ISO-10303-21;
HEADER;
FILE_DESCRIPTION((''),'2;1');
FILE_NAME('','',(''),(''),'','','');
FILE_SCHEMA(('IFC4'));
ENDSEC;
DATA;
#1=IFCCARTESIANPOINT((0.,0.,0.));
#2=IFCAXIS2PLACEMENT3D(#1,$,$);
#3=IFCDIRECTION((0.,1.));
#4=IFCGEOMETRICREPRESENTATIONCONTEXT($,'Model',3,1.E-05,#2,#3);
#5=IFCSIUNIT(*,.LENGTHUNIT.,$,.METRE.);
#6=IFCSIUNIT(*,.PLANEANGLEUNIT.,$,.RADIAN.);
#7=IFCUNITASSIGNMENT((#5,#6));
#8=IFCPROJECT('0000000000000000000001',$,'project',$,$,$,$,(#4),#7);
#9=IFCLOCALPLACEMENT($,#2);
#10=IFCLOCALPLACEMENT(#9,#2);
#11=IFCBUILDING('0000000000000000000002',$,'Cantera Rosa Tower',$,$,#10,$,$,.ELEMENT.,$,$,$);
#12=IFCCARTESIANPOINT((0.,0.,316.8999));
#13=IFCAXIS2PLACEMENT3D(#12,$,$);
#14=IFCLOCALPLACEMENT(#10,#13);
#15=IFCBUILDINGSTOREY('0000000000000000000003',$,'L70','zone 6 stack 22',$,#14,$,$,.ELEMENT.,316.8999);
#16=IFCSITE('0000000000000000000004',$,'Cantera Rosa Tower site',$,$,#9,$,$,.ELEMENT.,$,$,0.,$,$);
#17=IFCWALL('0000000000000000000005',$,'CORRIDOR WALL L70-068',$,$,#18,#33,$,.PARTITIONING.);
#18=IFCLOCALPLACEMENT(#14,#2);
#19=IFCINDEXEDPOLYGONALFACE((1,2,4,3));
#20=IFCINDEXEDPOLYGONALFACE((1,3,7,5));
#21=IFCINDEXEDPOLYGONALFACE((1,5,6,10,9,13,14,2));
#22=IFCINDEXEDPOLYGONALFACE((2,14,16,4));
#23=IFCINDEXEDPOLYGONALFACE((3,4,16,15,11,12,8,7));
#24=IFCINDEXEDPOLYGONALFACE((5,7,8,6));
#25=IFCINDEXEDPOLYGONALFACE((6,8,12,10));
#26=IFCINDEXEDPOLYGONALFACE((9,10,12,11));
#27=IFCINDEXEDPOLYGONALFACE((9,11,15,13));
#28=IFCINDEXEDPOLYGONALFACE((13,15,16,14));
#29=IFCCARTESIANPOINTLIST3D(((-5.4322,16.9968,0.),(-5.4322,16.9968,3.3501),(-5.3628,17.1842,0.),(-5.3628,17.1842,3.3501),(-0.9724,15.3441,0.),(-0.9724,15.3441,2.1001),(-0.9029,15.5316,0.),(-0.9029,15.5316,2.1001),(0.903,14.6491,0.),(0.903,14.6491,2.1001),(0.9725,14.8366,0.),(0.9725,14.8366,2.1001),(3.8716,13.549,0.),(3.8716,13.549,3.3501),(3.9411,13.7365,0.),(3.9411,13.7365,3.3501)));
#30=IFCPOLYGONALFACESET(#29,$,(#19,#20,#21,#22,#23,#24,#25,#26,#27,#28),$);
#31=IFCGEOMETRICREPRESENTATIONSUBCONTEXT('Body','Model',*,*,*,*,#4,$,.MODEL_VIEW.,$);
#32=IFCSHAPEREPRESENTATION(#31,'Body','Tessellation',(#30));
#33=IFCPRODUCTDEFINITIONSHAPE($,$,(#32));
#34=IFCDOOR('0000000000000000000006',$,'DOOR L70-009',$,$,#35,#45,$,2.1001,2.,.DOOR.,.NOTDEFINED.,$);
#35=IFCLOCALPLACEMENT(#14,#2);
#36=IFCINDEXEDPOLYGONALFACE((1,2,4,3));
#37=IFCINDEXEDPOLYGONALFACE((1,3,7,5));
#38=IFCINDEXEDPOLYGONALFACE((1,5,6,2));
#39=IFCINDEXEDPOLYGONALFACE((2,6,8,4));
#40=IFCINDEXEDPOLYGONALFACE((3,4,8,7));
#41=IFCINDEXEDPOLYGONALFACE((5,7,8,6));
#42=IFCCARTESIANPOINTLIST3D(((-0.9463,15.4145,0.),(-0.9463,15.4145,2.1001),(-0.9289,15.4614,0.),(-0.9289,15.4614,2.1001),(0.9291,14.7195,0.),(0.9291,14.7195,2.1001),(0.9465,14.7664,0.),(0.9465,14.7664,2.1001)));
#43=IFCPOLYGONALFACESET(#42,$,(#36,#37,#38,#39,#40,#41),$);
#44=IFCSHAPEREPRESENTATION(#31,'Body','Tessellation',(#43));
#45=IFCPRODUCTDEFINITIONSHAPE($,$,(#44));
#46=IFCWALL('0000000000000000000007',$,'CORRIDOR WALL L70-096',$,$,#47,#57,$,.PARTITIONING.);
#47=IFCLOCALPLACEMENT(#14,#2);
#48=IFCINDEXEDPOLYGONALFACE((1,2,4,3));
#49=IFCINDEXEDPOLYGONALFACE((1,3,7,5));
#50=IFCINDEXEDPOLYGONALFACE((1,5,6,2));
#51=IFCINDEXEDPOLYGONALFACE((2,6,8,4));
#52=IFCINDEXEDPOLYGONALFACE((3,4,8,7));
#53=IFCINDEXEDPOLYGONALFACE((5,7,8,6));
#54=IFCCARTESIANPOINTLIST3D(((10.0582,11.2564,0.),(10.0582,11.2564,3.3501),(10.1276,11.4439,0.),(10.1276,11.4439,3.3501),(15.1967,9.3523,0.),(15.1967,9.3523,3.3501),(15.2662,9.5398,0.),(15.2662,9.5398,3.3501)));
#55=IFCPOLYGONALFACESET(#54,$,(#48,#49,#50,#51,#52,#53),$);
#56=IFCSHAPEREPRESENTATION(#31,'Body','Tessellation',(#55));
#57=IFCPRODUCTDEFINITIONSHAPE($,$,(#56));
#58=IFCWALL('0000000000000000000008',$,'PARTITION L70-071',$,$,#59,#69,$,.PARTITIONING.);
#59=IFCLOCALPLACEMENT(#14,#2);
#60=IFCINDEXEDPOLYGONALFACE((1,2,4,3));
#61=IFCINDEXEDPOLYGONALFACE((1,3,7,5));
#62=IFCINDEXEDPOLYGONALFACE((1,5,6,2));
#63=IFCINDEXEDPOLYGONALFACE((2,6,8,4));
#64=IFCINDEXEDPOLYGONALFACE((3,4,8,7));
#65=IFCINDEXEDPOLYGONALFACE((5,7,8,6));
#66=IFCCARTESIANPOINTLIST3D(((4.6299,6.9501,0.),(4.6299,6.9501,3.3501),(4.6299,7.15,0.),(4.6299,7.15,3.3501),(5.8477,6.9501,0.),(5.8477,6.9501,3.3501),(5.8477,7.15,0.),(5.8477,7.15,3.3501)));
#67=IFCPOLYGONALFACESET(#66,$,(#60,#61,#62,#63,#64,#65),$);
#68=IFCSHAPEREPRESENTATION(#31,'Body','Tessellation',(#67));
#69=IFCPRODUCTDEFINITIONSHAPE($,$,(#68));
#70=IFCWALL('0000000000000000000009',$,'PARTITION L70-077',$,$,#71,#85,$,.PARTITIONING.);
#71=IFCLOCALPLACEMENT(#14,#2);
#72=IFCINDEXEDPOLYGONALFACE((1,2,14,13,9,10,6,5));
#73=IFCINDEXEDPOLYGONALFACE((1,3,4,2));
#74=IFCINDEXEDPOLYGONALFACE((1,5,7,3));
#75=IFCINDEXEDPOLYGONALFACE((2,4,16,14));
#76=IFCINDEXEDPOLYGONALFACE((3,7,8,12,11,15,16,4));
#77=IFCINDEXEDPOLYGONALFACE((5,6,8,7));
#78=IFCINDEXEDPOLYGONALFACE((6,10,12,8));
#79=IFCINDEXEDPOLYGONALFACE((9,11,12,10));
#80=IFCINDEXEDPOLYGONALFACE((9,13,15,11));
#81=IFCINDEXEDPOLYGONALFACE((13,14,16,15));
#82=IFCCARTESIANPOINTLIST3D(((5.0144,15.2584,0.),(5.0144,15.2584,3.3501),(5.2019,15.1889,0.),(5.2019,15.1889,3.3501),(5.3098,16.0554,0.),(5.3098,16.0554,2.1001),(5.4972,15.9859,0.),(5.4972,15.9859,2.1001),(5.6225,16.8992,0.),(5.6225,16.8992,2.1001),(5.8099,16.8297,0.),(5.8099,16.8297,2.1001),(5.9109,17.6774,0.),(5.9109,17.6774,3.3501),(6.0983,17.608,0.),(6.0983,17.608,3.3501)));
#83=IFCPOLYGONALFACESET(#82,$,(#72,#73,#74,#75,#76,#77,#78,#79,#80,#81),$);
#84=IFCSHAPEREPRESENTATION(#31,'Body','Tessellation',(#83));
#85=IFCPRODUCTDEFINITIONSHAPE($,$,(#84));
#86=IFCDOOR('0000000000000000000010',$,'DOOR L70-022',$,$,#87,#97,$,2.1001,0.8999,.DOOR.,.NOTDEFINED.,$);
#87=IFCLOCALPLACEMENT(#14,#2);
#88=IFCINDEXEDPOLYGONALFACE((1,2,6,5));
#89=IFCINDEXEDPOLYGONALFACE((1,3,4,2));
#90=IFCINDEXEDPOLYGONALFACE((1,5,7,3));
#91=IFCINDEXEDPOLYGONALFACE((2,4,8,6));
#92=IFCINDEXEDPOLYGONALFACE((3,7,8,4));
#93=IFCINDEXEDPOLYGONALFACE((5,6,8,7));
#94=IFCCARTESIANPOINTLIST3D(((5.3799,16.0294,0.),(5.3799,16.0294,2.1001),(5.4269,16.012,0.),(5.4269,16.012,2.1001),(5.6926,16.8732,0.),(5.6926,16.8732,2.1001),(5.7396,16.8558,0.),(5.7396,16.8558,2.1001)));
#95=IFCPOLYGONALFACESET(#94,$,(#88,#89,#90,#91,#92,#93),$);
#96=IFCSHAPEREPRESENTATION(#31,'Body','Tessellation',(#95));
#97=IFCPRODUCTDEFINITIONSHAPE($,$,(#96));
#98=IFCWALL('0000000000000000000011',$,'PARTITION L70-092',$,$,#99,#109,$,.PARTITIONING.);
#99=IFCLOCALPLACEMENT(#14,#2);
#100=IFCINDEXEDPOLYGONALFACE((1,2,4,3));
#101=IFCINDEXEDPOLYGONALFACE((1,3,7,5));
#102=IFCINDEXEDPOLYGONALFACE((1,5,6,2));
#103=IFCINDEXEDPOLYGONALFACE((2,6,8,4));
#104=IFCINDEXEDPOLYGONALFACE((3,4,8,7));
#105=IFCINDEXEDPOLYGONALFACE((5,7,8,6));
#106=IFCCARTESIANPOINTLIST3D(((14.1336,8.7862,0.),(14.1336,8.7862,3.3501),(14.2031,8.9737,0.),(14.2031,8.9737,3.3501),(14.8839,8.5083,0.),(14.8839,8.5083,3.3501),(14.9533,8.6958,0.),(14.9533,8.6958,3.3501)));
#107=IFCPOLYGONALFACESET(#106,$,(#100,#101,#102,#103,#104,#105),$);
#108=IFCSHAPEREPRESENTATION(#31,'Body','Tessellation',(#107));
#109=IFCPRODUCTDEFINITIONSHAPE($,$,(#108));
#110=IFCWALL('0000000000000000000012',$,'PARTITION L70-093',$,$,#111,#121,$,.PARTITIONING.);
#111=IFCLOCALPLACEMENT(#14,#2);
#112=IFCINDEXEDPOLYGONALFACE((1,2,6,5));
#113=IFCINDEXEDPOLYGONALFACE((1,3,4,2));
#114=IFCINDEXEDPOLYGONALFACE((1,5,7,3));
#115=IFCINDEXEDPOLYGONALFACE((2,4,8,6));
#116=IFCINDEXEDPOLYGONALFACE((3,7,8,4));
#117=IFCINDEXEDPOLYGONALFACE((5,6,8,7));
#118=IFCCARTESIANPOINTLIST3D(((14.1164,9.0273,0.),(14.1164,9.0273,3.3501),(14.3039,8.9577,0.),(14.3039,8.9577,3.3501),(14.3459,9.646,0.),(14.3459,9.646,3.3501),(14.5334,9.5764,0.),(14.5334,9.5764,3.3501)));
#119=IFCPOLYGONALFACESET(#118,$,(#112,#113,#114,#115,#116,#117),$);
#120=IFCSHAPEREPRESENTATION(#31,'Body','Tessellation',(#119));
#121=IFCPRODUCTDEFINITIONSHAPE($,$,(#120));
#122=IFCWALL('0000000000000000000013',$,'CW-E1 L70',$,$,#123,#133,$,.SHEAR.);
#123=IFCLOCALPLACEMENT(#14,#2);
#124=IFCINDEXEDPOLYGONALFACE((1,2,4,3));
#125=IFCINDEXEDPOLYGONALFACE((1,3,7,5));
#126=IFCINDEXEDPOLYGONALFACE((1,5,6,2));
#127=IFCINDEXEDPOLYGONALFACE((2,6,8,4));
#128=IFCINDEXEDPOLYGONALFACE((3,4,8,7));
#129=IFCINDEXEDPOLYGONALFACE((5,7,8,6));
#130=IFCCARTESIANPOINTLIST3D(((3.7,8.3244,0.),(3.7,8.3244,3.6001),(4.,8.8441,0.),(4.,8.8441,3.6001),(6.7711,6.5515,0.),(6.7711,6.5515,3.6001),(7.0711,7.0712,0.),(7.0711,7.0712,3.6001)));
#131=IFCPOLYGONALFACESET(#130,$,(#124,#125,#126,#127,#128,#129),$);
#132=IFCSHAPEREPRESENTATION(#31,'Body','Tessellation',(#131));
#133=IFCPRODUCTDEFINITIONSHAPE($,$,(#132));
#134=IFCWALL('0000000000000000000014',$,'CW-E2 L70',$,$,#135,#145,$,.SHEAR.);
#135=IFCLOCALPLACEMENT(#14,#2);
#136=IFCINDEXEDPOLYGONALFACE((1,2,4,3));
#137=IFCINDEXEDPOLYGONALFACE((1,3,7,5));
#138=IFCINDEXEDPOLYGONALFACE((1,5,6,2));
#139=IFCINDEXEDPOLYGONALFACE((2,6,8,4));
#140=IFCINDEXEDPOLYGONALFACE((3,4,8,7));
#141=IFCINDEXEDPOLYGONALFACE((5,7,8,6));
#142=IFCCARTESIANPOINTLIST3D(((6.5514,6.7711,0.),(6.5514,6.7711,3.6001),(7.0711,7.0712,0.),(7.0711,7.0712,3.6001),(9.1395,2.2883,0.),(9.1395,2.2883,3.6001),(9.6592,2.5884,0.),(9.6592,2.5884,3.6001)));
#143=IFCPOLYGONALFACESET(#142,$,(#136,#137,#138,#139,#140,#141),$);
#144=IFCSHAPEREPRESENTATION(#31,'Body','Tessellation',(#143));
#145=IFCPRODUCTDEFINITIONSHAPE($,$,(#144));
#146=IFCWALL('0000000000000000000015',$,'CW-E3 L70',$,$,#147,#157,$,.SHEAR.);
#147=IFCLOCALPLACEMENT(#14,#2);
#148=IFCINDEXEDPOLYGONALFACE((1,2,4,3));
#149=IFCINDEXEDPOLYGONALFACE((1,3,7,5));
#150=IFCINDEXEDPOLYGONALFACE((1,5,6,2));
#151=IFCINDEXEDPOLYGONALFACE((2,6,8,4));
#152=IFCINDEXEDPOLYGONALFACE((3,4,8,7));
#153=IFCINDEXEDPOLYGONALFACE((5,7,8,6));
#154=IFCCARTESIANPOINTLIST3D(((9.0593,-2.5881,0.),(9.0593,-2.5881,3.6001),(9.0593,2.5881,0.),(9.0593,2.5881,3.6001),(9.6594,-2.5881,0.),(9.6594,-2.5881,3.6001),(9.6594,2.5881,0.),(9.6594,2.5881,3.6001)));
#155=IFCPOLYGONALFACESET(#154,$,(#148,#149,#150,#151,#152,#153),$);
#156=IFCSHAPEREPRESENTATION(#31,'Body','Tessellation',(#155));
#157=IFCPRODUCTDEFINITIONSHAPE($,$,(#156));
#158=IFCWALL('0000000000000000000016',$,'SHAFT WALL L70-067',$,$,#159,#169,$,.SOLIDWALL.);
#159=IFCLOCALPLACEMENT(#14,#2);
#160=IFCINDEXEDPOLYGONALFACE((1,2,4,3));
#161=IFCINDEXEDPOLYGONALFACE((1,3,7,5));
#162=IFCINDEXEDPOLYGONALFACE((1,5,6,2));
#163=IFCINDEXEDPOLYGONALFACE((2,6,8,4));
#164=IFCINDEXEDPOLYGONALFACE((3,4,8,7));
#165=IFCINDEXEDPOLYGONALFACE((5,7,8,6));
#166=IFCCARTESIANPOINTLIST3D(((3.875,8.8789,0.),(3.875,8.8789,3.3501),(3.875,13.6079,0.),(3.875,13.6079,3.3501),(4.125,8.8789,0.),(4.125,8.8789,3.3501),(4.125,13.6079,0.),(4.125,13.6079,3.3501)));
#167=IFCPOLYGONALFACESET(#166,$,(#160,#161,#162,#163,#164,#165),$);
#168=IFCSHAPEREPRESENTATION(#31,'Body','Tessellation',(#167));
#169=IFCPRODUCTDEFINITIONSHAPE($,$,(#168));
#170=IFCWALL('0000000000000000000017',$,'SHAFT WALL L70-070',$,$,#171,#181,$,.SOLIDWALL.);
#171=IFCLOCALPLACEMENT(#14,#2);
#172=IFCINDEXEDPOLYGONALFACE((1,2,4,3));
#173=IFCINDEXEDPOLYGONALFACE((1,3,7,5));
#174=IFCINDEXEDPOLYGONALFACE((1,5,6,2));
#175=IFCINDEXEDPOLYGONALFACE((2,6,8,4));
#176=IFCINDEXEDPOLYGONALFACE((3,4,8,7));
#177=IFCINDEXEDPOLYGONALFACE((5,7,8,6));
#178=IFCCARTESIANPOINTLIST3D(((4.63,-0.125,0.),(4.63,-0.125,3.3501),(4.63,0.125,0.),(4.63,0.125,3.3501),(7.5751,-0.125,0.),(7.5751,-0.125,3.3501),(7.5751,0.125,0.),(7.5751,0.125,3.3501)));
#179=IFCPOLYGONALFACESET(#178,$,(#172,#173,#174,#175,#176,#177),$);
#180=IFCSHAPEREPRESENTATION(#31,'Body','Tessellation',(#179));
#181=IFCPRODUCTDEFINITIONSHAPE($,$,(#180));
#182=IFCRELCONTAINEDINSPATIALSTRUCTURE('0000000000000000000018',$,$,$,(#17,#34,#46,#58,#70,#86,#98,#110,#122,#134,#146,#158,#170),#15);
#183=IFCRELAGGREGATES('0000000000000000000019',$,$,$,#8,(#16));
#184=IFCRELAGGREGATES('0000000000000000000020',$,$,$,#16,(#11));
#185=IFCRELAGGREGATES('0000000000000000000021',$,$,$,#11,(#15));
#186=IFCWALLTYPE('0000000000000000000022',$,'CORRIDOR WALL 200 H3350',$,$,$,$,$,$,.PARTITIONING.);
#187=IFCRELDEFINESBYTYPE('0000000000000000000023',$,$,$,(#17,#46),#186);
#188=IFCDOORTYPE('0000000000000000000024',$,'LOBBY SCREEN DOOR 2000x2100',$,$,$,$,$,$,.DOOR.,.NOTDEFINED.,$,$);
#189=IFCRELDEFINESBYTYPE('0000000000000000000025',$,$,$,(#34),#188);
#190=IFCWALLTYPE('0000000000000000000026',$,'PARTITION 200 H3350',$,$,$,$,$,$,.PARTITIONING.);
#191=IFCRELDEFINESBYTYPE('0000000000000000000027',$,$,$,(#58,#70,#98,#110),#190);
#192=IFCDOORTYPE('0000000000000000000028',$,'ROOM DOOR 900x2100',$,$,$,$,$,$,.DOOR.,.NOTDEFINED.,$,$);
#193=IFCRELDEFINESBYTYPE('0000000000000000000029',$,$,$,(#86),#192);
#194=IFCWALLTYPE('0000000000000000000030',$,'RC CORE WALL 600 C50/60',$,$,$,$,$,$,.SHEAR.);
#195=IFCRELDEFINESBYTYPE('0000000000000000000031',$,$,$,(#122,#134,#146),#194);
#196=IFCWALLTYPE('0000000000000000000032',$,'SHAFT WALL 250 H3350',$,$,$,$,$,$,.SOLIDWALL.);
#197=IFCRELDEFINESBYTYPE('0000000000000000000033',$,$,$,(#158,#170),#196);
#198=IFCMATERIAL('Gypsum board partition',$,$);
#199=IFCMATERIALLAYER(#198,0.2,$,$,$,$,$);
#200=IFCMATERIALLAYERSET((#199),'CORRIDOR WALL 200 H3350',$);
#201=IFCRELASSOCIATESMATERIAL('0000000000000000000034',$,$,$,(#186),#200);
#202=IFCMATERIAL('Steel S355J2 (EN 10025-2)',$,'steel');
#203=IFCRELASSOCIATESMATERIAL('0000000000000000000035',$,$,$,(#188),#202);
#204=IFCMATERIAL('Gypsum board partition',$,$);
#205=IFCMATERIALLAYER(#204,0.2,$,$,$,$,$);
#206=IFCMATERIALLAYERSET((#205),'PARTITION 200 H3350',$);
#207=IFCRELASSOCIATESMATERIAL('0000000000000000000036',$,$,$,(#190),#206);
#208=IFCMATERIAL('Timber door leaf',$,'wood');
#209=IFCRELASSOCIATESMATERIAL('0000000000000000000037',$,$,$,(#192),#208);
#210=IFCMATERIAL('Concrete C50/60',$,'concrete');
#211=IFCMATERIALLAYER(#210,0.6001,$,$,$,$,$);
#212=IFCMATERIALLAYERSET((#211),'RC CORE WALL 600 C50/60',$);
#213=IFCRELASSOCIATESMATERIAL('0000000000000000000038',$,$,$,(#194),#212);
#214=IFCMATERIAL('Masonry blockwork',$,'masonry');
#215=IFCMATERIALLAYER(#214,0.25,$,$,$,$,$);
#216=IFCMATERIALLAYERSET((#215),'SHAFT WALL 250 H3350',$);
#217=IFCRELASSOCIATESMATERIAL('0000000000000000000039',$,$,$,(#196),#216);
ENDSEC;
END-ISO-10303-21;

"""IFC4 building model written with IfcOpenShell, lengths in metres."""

from ifc_helpers import new_model, si_unit, direction, frame, frame_2d, origin, place, context, subcontext, project, spatial, rectangle, extrude, material, layer, layer_set, type_object, element, fill, save


model = new_model("IFC4")

# Units and contexts
model_context = context("Model", 3, precision=1e-05, world=origin(), true_north=direction((0.0, 1.0)))
body_context = subcontext(model_context, "Body", "Model", "MODEL_VIEW")
ifc_project = project(units=[si_unit("LENGTHUNIT", "METRE"), si_unit("PLANEANGLEUNIT", "RADIAN")], contexts=[model_context])

# Site, building, storey
site_placement = place(None, origin())
site = spatial("IfcSite", under=ifc_project, at=site_placement, Name="Cantera Rosa Tower site", CompositionType="ELEMENT", RefElevation=0.0)
building_placement = place(site_placement, origin())
building = spatial("IfcBuilding", under=site, at=building_placement, Name="Cantera Rosa Tower", CompositionType="ELEMENT")
storey_placement = place(building_placement, frame((0.0, 0.0, 316.8999)))
storey = spatial("IfcBuildingStorey", under=building, at=storey_placement, Name="L70", Description="zone 6 stack 22", CompositionType="ELEMENT", Elevation=316.8999)

# Wall, opening, door
ifc_material_1 = material(Name="Gypsum board partition")
ifc_layer_1 = layer(ifc_material_1, 0.2)
ifc_layer_set_1 = layer_set([ifc_layer_1], Name="CORRIDOR WALL 200 H3350")
wall_type_1 = type_object("IfcWallType", Name="CORRIDOR WALL 200 H3350", PredefinedType="PARTITIONING", material=ifc_layer_set_1)
wall_1_placement = place(storey_placement, frame((3.9062, 13.6428, 0.0), z_axis=(0.0, 0.0, 1.0), x_axis=(-0.937688, 0.347478, 0.0)))
wall_1 = element("IfcWall", 1, at=wall_1_placement, inside=storey, type_object=wall_type_1, Name="CORRIDOR WALL L70-068", PredefinedType="PARTITIONING", context=body_context, shape_type="SweptSolid", body=[
    extrude(rectangle(XDim=9.9221, YDim=0.2, at=frame_2d((4.9609, 0.0))), origin(), (0.0, 0.0, 1.0), 3.3501),
])
opening_1_placement = place(wall_1_placement, frame((3.1658, 0.0, 0.0)))
opening_1 = element("IfcOpeningElement", 2, at=opening_1_placement, cuts=wall_1, PredefinedType="OPENING", context=body_context, shape_type="SweptSolid", body=[
    extrude(rectangle(XDim=2.0, YDim=2.1001, at=frame_2d((1.0, 1.05))), frame((0.0, 0.1099, 0.0), z_axis=(0.0, -1.0, 0.0), x_axis=(1.0, 0.0, 0.0)), (0.0, 0.0, 1.0), 0.22),
])
ifc_material_2 = material(Name="Steel S355J2 (EN 10025-2)", Category="steel")
door_type_1 = type_object("IfcDoorType", Name="LOBBY SCREEN DOOR 2000x2100", OperationType="NOTDEFINED", PredefinedType="DOOR", material=ifc_material_2)
door_1_placement = place(opening_1_placement, origin())
door_1 = element("IfcDoor", 3, at=door_1_placement, inside=storey, type_object=door_type_1, Name="DOOR L70-009", OperationType="NOTDEFINED", OverallHeight=2.1001, OverallWidth=2.0, PredefinedType="DOOR", context=body_context, shape_type="SweptSolid", body=[
    extrude(rectangle(XDim=2.0, YDim=2.1001, at=frame_2d((1.0, 1.05))), frame((0.0, 0.0249, 0.0), z_axis=(0.0, -1.0, 0.0), x_axis=(1.0, 0.0, 0.0)), (0.0, 0.0, 1.0), 0.05),
])
fill(opening_1, door_1)

# Walls
wall_2_placement = place(storey_placement, frame((15.2314, 9.446, 0.0), z_axis=(0.0, 0.0, 1.0), x_axis=(-0.937693, 0.347464, 0.0)))
element("IfcWall", 4, at=wall_2_placement, inside=storey, type_object=wall_type_1, Name="CORRIDOR WALL L70-096", PredefinedType="PARTITIONING", context=body_context, shape_type="SweptSolid", body=[
    extrude(rectangle(XDim=5.48, YDim=0.2, at=frame_2d((2.74, 0.0))), origin(), (0.0, 0.0, 1.0), 3.3501),
])
ifc_material_3 = material(Name="Gypsum board partition")
ifc_layer_2 = layer(ifc_material_3, 0.2)
ifc_layer_set_2 = layer_set([ifc_layer_2], Name="PARTITION 200 H3350")
wall_type_2 = type_object("IfcWallType", Name="PARTITION 200 H3350", PredefinedType="PARTITIONING", material=ifc_layer_set_2)
wall_3_placement = place(storey_placement, frame((4.6299, 7.05, 0.0), z_axis=(0.0, 0.0, 1.0), x_axis=(1.0, 0.0, 0.0)))
element("IfcWall", 5, at=wall_3_placement, inside=storey, type_object=wall_type_2, Name="PARTITION L70-071", PredefinedType="PARTITIONING", context=body_context, shape_type="SweptSolid", body=[
    extrude(rectangle(XDim=1.2178, YDim=0.2, at=frame_2d((0.6089, 0.0))), origin(), (0.0, 0.0, 1.0), 3.3501),
])

# Wall, opening, door
wall_4_placement = place(storey_placement, frame((6.0046, 17.6428, 0.0), z_axis=(0.0, 0.0, 1.0), x_axis=(-0.347481, -0.937687, 0.0)))
wall_4 = element("IfcWall", 6, at=wall_4_placement, inside=storey, type_object=wall_type_2, Name="PARTITION L70-077", PredefinedType="PARTITIONING", context=body_context, shape_type="SweptSolid", body=[
    extrude(rectangle(XDim=2.5798, YDim=0.2, at=frame_2d((1.29, 0.0))), origin(), (0.0, 0.0, 1.0), 3.3501),
])
opening_2_placement = place(wall_4_placement, frame((0.8301, 0.0, 0.0)))
opening_2 = element("IfcOpeningElement", 7, at=opening_2_placement, cuts=wall_4, PredefinedType="OPENING", context=body_context, shape_type="SweptSolid", body=[
    extrude(rectangle(XDim=0.8999, YDim=2.1001, at=frame_2d((0.45, 1.05))), frame((0.0, 0.1099, 0.0), z_axis=(0.0, -1.0, 0.0), x_axis=(1.0, 0.0, 0.0)), (0.0, 0.0, 1.0), 0.22),
])
ifc_material_4 = material(Name="Timber door leaf", Category="wood")
door_type_2 = type_object("IfcDoorType", Name="ROOM DOOR 900x2100", OperationType="NOTDEFINED", PredefinedType="DOOR", material=ifc_material_4)
door_2_placement = place(opening_2_placement, origin())
door_2 = element("IfcDoor", 8, at=door_2_placement, inside=storey, type_object=door_type_2, Name="DOOR L70-022", OperationType="NOTDEFINED", OverallHeight=2.1001, OverallWidth=0.8999, PredefinedType="DOOR", context=body_context, shape_type="SweptSolid", body=[
    extrude(rectangle(XDim=0.8999, YDim=2.1001, at=frame_2d((0.45, 1.05))), frame((0.0, 0.0249, 0.0), z_axis=(0.0, -1.0, 0.0), x_axis=(1.0, 0.0, 0.0)), (0.0, 0.0, 1.0), 0.05),
])
fill(opening_2, door_2)

# Walls
wall_5_placement = place(storey_placement, frame((14.1685, 8.8799, 0.0), z_axis=(0.0, 0.0, 1.0), x_axis=(0.937763, -0.347275, 0.0)))
element("IfcWall", 9, at=wall_5_placement, inside=storey, type_object=wall_type_2, Name="PARTITION L70-092", PredefinedType="PARTITIONING", context=body_context, shape_type="SweptSolid", body=[
    extrude(rectangle(XDim=0.8, YDim=0.2, at=frame_2d((0.3999, 0.0))), origin(), (0.0, 0.0, 1.0), 3.3501),
])
wall_6_placement = place(storey_placement, frame((14.4397, 9.6113, 0.0), z_axis=(0.0, 0.0, 1.0), x_axis=(-0.347796, -0.93757, 0.0)))
element("IfcWall", 10, at=wall_6_placement, inside=storey, type_object=wall_type_2, Name="PARTITION L70-093", PredefinedType="PARTITIONING", context=body_context, shape_type="SweptSolid", body=[
    extrude(rectangle(XDim=0.6599, YDim=0.2, at=frame_2d((0.3301, 0.0))), origin(), (0.0, 0.0, 1.0), 3.3501),
])
ifc_material_5 = material(Name="Concrete C50/60", Category="concrete")
ifc_layer_3 = layer(ifc_material_5, 0.6001)
ifc_layer_set_3 = layer_set([ifc_layer_3], Name="RC CORE WALL 600 C50/60")
wall_type_3 = type_object("IfcWallType", Name="RC CORE WALL 600 C50/60", PredefinedType="SHEAR", material=ifc_layer_set_3)
wall_7_placement = place(storey_placement, frame((3.8501, 8.5842, 0.0), z_axis=(0.0, 0.0, 1.0), x_axis=(0.86604, -0.499975, 0.0)))
element("IfcWall", 11, at=wall_7_placement, inside=storey, type_object=wall_type_3, Name="CW-E1 L70", PredefinedType="SHEAR", context=body_context, shape_type="SweptSolid", body=[
    extrude(rectangle(XDim=3.5461, YDim=0.6001, at=frame_2d((1.7729, 0.0))), origin(), (0.0, 0.0, 1.0), 3.6001),
])
for number, where, z_axis, x_axis, name in (
    (12, (6.8113, 6.9211, 0.0), (0.0, 0.0, 1.0), (0.499989, -0.866032, 0.0), "CW-E2 L70"),
    (13, (9.3594, 2.5881, 0.0), (0.0, 0.0, 1.0), (0.0, -1.0, 0.0), "CW-E3 L70"),
):
    element("IfcWall", number, at=place(storey_placement, frame(where, z_axis=z_axis, x_axis=x_axis)), inside=storey, type_object=wall_type_3, Name=name, PredefinedType="SHEAR", context=body_context, shape_type="SweptSolid", body=[
        extrude(rectangle(XDim=5.1763, YDim=0.6001, at=frame_2d((2.5881, 0.0))), origin(), (0.0, 0.0, 1.0), 3.6001),
    ])
ifc_material_6 = material(Name="Masonry blockwork", Category="masonry")
ifc_layer_4 = layer(ifc_material_6, 0.25)
ifc_layer_set_4 = layer_set([ifc_layer_4], Name="SHAFT WALL 250 H3350")
wall_type_4 = type_object("IfcWallType", Name="SHAFT WALL 250 H3350", PredefinedType="SOLIDWALL", material=ifc_layer_set_4)
wall_8_placement = place(storey_placement, frame((4.0, 8.8789, 0.0), z_axis=(0.0, 0.0, 1.0), x_axis=(0.0, 1.0, 0.0)))
element("IfcWall", 14, at=wall_8_placement, inside=storey, type_object=wall_type_4, Name="SHAFT WALL L70-067", PredefinedType="SOLIDWALL", context=body_context, shape_type="SweptSolid", body=[
    extrude(rectangle(XDim=4.729, YDim=0.25, at=frame_2d((2.3645, 0.0))), origin(), (0.0, 0.0, 1.0), 3.3501),
])
wall_9_placement = place(storey_placement, frame((4.6299, 0.0, 0.0), z_axis=(0.0, 0.0, 1.0), x_axis=(1.0, 0.0, 0.0)))
element("IfcWall", 15, at=wall_9_placement, inside=storey, type_object=wall_type_4, Name="SHAFT WALL L70-070", PredefinedType="SOLIDWALL", context=body_context, shape_type="SweptSolid", body=[
    extrude(rectangle(XDim=2.9451, YDim=0.25, at=frame_2d((1.4727, 0.0))), origin(), (0.0, 0.0, 1.0), 3.3501),
])

save(model, "model.ifc")
